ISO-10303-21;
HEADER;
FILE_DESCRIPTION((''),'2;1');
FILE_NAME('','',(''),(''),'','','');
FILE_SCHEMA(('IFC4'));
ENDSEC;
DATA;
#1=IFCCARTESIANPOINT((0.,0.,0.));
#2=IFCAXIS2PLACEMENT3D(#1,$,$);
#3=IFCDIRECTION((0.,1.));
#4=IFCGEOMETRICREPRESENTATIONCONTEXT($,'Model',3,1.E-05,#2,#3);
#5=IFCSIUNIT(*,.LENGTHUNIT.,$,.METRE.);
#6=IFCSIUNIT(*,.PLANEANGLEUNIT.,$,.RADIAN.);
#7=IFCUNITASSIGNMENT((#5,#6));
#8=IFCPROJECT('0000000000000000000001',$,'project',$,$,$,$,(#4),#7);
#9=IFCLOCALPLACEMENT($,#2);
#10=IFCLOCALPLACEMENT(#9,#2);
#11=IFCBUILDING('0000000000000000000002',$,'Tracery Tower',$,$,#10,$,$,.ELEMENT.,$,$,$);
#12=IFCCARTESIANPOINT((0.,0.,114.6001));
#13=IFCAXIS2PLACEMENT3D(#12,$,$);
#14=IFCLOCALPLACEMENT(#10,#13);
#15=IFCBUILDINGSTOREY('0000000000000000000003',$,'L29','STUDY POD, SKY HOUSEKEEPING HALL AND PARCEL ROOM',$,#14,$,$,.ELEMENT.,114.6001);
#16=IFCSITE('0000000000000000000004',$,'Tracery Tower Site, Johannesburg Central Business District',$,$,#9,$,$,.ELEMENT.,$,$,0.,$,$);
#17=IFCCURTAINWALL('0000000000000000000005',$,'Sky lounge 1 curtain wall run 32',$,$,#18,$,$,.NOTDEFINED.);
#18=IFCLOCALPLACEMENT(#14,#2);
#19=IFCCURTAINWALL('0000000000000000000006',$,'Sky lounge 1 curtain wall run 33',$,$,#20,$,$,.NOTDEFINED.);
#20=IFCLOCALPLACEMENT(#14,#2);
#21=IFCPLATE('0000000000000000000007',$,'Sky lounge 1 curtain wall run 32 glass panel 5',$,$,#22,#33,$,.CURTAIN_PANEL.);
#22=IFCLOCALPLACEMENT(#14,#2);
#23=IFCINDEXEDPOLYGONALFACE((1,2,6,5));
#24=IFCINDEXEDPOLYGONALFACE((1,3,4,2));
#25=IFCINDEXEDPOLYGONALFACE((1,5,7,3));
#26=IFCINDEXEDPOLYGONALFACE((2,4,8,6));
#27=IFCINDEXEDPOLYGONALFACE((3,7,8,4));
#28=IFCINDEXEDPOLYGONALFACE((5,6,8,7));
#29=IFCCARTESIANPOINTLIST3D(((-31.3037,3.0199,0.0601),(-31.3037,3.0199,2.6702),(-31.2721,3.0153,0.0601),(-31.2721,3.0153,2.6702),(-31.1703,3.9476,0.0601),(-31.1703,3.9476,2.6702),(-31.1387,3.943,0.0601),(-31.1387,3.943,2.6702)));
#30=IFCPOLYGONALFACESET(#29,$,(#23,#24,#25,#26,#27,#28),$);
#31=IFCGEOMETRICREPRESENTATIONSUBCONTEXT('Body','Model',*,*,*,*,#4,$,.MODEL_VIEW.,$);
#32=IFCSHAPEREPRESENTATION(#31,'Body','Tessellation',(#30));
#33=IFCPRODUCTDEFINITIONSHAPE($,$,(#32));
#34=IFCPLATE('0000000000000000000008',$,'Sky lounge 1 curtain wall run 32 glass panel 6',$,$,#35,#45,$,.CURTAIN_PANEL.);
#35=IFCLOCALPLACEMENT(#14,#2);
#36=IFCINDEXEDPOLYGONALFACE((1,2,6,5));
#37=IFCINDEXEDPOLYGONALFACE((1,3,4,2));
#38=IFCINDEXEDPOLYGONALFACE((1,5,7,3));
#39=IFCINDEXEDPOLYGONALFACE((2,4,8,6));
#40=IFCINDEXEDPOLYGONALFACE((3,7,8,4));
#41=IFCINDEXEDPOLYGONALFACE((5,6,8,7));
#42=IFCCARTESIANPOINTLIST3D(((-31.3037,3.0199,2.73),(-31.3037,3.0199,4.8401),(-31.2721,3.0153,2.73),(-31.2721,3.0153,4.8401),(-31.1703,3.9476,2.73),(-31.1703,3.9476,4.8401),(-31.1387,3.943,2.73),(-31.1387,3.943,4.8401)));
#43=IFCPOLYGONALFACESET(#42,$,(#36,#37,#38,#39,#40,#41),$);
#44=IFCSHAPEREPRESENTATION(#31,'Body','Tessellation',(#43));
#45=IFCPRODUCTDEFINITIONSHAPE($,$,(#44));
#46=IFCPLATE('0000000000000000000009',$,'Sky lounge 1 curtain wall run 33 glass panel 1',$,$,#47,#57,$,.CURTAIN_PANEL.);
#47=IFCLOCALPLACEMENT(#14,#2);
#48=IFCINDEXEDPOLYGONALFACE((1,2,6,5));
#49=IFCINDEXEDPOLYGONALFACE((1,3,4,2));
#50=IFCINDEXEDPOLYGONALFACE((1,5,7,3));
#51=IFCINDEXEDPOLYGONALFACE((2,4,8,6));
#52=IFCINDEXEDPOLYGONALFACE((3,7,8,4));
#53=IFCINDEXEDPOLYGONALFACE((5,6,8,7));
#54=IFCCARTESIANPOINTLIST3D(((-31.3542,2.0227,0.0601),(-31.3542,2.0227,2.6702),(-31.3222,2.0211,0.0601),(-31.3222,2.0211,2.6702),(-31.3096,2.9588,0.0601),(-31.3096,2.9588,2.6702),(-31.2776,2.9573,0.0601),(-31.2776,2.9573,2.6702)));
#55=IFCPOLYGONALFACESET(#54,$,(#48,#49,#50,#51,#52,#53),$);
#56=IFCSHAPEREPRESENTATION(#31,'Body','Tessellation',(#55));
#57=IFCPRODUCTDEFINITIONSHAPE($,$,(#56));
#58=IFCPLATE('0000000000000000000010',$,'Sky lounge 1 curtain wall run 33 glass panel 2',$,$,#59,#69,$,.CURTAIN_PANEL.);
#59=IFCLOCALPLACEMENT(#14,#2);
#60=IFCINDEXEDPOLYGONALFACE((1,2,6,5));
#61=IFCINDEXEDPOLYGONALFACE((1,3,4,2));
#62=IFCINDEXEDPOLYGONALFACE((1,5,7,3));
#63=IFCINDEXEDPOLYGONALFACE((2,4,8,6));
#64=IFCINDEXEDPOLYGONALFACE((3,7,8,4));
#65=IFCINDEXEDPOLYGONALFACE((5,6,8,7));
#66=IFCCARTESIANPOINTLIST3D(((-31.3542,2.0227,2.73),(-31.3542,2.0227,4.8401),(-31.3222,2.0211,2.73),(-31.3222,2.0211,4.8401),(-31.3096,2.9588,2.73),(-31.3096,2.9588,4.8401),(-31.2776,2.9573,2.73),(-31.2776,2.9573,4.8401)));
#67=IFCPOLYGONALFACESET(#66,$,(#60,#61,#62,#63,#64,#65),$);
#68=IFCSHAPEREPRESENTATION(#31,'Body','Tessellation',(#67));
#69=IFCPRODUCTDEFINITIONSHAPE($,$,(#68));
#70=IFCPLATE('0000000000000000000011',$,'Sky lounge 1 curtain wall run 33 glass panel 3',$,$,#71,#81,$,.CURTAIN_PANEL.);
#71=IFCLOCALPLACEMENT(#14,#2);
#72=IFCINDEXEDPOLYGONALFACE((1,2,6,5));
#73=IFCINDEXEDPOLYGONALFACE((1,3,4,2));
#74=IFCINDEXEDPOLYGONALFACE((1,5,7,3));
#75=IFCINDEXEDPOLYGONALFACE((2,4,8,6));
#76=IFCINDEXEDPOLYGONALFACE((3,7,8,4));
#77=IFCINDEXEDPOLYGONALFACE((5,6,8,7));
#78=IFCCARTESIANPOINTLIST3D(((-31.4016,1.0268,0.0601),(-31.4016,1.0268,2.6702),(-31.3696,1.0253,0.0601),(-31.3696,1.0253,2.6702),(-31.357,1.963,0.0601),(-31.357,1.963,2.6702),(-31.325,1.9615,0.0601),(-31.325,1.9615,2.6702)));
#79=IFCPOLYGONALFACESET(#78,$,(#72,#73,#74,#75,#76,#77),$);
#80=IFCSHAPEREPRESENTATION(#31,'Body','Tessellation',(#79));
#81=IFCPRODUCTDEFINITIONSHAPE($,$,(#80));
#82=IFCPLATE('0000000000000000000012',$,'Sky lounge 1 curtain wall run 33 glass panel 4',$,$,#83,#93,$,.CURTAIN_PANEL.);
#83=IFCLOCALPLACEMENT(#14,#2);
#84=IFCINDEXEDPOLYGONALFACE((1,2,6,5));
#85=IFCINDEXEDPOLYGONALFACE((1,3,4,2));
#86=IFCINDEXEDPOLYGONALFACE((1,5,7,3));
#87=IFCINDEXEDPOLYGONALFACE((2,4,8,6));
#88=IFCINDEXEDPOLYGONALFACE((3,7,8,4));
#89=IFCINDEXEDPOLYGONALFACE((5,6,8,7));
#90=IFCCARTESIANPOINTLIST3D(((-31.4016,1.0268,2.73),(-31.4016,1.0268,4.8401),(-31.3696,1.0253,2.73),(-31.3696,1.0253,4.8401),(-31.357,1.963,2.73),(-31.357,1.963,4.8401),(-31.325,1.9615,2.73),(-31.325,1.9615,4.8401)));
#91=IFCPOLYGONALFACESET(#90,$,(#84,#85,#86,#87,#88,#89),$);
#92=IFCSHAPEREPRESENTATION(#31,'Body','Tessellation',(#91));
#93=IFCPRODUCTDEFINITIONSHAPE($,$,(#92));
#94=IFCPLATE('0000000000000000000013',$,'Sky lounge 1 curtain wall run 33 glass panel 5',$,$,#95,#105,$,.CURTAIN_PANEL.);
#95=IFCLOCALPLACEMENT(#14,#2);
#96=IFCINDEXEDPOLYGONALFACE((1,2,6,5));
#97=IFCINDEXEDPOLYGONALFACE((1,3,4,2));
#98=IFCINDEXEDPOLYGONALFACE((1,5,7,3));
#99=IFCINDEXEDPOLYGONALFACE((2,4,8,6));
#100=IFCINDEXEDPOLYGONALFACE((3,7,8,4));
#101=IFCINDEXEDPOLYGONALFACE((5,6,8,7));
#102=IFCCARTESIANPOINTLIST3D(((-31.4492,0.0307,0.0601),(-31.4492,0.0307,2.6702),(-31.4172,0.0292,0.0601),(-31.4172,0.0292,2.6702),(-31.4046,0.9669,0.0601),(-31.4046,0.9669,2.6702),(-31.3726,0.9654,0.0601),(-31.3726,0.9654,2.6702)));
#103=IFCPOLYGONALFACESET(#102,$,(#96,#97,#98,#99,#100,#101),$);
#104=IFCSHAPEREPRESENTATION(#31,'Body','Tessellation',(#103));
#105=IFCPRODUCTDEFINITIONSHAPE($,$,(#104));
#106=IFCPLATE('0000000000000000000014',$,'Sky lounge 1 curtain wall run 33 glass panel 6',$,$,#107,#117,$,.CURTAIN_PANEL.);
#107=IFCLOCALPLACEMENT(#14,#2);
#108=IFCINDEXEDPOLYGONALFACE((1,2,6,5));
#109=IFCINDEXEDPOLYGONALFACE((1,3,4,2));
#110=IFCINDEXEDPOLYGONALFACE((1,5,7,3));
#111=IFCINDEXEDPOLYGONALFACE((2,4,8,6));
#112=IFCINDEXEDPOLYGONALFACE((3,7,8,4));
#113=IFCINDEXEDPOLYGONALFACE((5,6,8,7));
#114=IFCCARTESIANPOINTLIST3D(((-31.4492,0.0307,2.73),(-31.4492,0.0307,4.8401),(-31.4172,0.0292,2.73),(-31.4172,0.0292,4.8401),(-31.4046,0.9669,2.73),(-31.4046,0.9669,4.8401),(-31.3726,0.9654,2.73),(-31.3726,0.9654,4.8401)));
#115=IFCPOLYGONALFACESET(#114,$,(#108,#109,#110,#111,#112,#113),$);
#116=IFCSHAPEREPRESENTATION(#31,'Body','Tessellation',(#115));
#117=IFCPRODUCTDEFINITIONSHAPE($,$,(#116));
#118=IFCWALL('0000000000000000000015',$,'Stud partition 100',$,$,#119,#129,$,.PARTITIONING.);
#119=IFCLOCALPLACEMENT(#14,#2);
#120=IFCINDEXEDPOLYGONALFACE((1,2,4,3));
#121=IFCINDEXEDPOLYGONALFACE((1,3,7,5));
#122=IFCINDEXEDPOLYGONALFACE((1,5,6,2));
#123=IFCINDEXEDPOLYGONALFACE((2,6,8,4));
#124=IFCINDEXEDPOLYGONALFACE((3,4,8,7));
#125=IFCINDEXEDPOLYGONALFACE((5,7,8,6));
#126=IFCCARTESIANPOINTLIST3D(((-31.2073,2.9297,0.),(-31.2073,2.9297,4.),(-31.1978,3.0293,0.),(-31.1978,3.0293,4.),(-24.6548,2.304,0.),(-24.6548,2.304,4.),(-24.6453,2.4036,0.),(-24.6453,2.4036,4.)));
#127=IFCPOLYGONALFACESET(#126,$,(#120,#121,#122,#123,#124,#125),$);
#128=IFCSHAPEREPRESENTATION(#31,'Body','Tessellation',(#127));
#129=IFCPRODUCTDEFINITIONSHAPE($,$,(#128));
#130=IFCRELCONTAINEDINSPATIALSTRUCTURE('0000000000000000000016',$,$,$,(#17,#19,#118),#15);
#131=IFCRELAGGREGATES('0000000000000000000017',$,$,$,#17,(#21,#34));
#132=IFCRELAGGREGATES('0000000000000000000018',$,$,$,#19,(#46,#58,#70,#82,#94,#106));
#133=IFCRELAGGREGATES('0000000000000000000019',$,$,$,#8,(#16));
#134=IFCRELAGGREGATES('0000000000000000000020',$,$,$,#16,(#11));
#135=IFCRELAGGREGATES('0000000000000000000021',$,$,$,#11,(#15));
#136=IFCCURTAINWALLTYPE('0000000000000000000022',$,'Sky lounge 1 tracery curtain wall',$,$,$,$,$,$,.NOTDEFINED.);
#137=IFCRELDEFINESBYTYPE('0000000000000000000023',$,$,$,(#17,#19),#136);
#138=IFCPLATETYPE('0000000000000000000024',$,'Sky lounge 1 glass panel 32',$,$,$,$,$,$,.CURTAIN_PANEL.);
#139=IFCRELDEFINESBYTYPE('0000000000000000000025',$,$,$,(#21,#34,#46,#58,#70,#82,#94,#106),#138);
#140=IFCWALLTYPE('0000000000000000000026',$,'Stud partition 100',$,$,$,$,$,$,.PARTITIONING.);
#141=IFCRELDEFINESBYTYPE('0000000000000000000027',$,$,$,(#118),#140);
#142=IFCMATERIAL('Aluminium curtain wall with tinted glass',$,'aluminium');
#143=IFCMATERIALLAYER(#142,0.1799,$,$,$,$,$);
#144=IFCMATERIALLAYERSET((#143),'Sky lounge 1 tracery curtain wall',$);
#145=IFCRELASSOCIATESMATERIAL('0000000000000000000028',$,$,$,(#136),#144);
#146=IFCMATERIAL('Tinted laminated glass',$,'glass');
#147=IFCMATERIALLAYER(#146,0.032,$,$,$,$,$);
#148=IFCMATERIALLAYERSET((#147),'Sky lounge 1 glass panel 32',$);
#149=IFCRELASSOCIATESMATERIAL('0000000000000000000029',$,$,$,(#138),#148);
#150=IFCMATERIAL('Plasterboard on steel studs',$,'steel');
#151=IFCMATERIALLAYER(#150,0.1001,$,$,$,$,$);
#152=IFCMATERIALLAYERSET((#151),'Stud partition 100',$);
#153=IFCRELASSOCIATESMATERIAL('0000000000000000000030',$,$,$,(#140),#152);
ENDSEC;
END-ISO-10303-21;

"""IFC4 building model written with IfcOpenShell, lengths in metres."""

from ifc_helpers import new_model, si_unit, direction, frame, frame_2d, origin, origin_2d, place, context, subcontext, project, spatial, rectangle, extrude, material, layer, layer_set, type_object, element, aggregate, save


model = new_model("IFC4")

# Units and contexts
model_context = context("Model", 3, precision=1e-05, world=origin(), true_north=direction((0.0, 1.0)))
body_context = subcontext(model_context, "Body", "Model", "MODEL_VIEW")
ifc_project = project(units=[si_unit("LENGTHUNIT", "METRE"), si_unit("PLANEANGLEUNIT", "RADIAN")], contexts=[model_context])

# Site, building, storey
site_placement = place(None, origin())
site = spatial("IfcSite", under=ifc_project, at=site_placement, Name="Tracery Tower Site, Johannesburg Central Business District", CompositionType="ELEMENT", RefElevation=0.0)
building_placement = place(site_placement, origin())
building = spatial("IfcBuilding", under=site, at=building_placement, Name="Tracery Tower", CompositionType="ELEMENT")
storey_placement = place(building_placement, frame((0.0, 0.0, 114.6001)))
storey = spatial("IfcBuildingStorey", under=building, at=storey_placement, Name="L29", Description="STUDY POD, SKY HOUSEKEEPING HALL AND PARCEL ROOM", CompositionType="ELEMENT", Elevation=114.6001)

# Curtain walls
ifc_material_1 = material(Name="Aluminium curtain wall with tinted glass", Category="aluminium")
ifc_layer_1 = layer(ifc_material_1, 0.1799)
ifc_layer_set_1 = layer_set([ifc_layer_1], Name="Sky lounge 1 tracery curtain wall")
curtain_wall_type = type_object("IfcCurtainWallType", Name="Sky lounge 1 tracery curtain wall", PredefinedType="NOTDEFINED", material=ifc_layer_set_1)
curtain_wall_1_placement = place(storey_placement, origin())
curtain_wall_1 = element("IfcCurtainWall", 1, at=curtain_wall_1_placement, inside=storey, type_object=curtain_wall_type, Name="Sky lounge 1 curtain wall run 32", PredefinedType="NOTDEFINED")
curtain_wall_2_placement = place(storey_placement, origin())
curtain_wall_2 = element("IfcCurtainWall", 2, at=curtain_wall_2_placement, inside=storey, type_object=curtain_wall_type, Name="Sky lounge 1 curtain wall run 33", PredefinedType="NOTDEFINED")

# Plates
ifc_material_2 = material(Name="Tinted laminated glass", Category="glass")
ifc_layer_2 = layer(ifc_material_2, 0.032)
ifc_layer_set_2 = layer_set([ifc_layer_2], Name="Sky lounge 1 glass panel 32")
plate_type = type_object("IfcPlateType", Name="Sky lounge 1 glass panel 32", PredefinedType="CURTAIN_PANEL", material=ifc_layer_set_2)
plate_1_placement = place(storey_placement, frame((-31.2212, 3.4814, 0.0601), z_axis=(0.0, 0.0, 1.0), x_axis=(-0.142315, -0.989821, 0.0)))
plate_1 = element("IfcPlate", 3, at=plate_1_placement, type_object=plate_type, Name="Sky lounge 1 curtain wall run 32 glass panel 5", PredefinedType="CURTAIN_PANEL", context=body_context, shape_type="SweptSolid", body=[
    extrude(rectangle(XDim=0.9373, YDim=0.032, at=origin_2d()), origin(), (0.0, 0.0, 1.0), 2.6101),
])
plate_2_placement = place(storey_placement, frame((-31.2212, 3.4814, 2.73), z_axis=(0.0, 0.0, 1.0), x_axis=(-0.142315, -0.989821, 0.0)))
plate_2 = element("IfcPlate", 4, at=plate_2_placement, type_object=plate_type, Name="Sky lounge 1 curtain wall run 32 glass panel 6", PredefinedType="CURTAIN_PANEL", context=body_context, shape_type="SweptSolid", body=[
    extrude(rectangle(XDim=0.9373, YDim=0.032, at=origin_2d()), origin(), (0.0, 0.0, 1.0), 2.1101),
])
aggregate(curtain_wall_1, [plate_1, plate_2])
plate_3_placement = place(storey_placement, frame((-31.3159, 2.49, 0.0601), z_axis=(0.0, 0.0, 1.0), x_axis=(-0.047582, -0.998867, 0.0)))
plate_3 = element("IfcPlate", 5, at=plate_3_placement, type_object=plate_type, Name="Sky lounge 1 curtain wall run 33 glass panel 1", PredefinedType="CURTAIN_PANEL", context=body_context, shape_type="SweptSolid", body=[
    extrude(rectangle(XDim=0.9373, YDim=0.032, at=origin_2d()), origin(), (0.0, 0.0, 1.0), 2.6101),
])
plate_4_placement = place(storey_placement, frame((-31.3159, 2.49, 2.73), z_axis=(0.0, 0.0, 1.0), x_axis=(-0.047582, -0.998867, 0.0)))
plate_4 = element("IfcPlate", 6, at=plate_4_placement, type_object=plate_type, Name="Sky lounge 1 curtain wall run 33 glass panel 2", PredefinedType="CURTAIN_PANEL", context=body_context, shape_type="SweptSolid", body=[
    extrude(rectangle(XDim=0.9373, YDim=0.032, at=origin_2d()), origin(), (0.0, 0.0, 1.0), 2.1101),
])
plate_5_placement = place(storey_placement, frame((-31.3633, 1.4941, 0.0601), z_axis=(0.0, 0.0, 1.0), x_axis=(-0.047582, -0.998867, 0.0)))
plate_5 = element("IfcPlate", 7, at=plate_5_placement, type_object=plate_type, Name="Sky lounge 1 curtain wall run 33 glass panel 3", PredefinedType="CURTAIN_PANEL", context=body_context, shape_type="SweptSolid", body=[
    extrude(rectangle(XDim=0.9373, YDim=0.032, at=origin_2d()), origin(), (0.0, 0.0, 1.0), 2.6101),
])
plate_6_placement = place(storey_placement, frame((-31.3633, 1.4941, 2.73), z_axis=(0.0, 0.0, 1.0), x_axis=(-0.047582, -0.998867, 0.0)))
plate_6 = element("IfcPlate", 8, at=plate_6_placement, type_object=plate_type, Name="Sky lounge 1 curtain wall run 33 glass panel 4", PredefinedType="CURTAIN_PANEL", context=body_context, shape_type="SweptSolid", body=[
    extrude(rectangle(XDim=0.9373, YDim=0.032, at=origin_2d()), origin(), (0.0, 0.0, 1.0), 2.1101),
])
plate_7_placement = place(storey_placement, frame((-31.4109, 0.498, 0.0601), z_axis=(0.0, 0.0, 1.0), x_axis=(-0.047582, -0.998867, 0.0)))
plate_7 = element("IfcPlate", 9, at=plate_7_placement, type_object=plate_type, Name="Sky lounge 1 curtain wall run 33 glass panel 5", PredefinedType="CURTAIN_PANEL", context=body_context, shape_type="SweptSolid", body=[
    extrude(rectangle(XDim=0.9373, YDim=0.032, at=origin_2d()), origin(), (0.0, 0.0, 1.0), 2.6101),
])
plate_8_placement = place(storey_placement, frame((-31.4109, 0.498, 2.73), z_axis=(0.0, 0.0, 1.0), x_axis=(-0.047582, -0.998867, 0.0)))
plate_8 = element("IfcPlate", 10, at=plate_8_placement, type_object=plate_type, Name="Sky lounge 1 curtain wall run 33 glass panel 6", PredefinedType="CURTAIN_PANEL", context=body_context, shape_type="SweptSolid", body=[
    extrude(rectangle(XDim=0.9373, YDim=0.032, at=origin_2d()), origin(), (0.0, 0.0, 1.0), 2.1101),
])
aggregate(curtain_wall_2, [plate_3, plate_4, plate_5, plate_6, plate_7, plate_8])

# Wall
ifc_material_3 = material(Name="Plasterboard on steel studs", Category="steel")
ifc_layer_3 = layer(ifc_material_3, 0.1001)
ifc_layer_set_3 = layer_set([ifc_layer_3], Name="Stud partition 100")
wall_type = type_object("IfcWallType", Name="Stud partition 100", PredefinedType="PARTITIONING", material=ifc_layer_set_3)
wall_placement = place(storey_placement, frame((-31.2024, 2.9795, 0.0), z_axis=(0.0, 0.0, 1.0), x_axis=(0.995471, -0.095063, 0.0)))
element("IfcWall", 11, at=wall_placement, inside=storey, type_object=wall_type, Name="Stud partition 100", PredefinedType="PARTITIONING", context=body_context, shape_type="SweptSolid", body=[
    extrude(rectangle(XDim=6.5823, YDim=0.1001, at=frame_2d((3.291, 0.0))), origin(), (0.0, 0.0, 1.0), 4.0),
])

save(model, "model.ifc")
